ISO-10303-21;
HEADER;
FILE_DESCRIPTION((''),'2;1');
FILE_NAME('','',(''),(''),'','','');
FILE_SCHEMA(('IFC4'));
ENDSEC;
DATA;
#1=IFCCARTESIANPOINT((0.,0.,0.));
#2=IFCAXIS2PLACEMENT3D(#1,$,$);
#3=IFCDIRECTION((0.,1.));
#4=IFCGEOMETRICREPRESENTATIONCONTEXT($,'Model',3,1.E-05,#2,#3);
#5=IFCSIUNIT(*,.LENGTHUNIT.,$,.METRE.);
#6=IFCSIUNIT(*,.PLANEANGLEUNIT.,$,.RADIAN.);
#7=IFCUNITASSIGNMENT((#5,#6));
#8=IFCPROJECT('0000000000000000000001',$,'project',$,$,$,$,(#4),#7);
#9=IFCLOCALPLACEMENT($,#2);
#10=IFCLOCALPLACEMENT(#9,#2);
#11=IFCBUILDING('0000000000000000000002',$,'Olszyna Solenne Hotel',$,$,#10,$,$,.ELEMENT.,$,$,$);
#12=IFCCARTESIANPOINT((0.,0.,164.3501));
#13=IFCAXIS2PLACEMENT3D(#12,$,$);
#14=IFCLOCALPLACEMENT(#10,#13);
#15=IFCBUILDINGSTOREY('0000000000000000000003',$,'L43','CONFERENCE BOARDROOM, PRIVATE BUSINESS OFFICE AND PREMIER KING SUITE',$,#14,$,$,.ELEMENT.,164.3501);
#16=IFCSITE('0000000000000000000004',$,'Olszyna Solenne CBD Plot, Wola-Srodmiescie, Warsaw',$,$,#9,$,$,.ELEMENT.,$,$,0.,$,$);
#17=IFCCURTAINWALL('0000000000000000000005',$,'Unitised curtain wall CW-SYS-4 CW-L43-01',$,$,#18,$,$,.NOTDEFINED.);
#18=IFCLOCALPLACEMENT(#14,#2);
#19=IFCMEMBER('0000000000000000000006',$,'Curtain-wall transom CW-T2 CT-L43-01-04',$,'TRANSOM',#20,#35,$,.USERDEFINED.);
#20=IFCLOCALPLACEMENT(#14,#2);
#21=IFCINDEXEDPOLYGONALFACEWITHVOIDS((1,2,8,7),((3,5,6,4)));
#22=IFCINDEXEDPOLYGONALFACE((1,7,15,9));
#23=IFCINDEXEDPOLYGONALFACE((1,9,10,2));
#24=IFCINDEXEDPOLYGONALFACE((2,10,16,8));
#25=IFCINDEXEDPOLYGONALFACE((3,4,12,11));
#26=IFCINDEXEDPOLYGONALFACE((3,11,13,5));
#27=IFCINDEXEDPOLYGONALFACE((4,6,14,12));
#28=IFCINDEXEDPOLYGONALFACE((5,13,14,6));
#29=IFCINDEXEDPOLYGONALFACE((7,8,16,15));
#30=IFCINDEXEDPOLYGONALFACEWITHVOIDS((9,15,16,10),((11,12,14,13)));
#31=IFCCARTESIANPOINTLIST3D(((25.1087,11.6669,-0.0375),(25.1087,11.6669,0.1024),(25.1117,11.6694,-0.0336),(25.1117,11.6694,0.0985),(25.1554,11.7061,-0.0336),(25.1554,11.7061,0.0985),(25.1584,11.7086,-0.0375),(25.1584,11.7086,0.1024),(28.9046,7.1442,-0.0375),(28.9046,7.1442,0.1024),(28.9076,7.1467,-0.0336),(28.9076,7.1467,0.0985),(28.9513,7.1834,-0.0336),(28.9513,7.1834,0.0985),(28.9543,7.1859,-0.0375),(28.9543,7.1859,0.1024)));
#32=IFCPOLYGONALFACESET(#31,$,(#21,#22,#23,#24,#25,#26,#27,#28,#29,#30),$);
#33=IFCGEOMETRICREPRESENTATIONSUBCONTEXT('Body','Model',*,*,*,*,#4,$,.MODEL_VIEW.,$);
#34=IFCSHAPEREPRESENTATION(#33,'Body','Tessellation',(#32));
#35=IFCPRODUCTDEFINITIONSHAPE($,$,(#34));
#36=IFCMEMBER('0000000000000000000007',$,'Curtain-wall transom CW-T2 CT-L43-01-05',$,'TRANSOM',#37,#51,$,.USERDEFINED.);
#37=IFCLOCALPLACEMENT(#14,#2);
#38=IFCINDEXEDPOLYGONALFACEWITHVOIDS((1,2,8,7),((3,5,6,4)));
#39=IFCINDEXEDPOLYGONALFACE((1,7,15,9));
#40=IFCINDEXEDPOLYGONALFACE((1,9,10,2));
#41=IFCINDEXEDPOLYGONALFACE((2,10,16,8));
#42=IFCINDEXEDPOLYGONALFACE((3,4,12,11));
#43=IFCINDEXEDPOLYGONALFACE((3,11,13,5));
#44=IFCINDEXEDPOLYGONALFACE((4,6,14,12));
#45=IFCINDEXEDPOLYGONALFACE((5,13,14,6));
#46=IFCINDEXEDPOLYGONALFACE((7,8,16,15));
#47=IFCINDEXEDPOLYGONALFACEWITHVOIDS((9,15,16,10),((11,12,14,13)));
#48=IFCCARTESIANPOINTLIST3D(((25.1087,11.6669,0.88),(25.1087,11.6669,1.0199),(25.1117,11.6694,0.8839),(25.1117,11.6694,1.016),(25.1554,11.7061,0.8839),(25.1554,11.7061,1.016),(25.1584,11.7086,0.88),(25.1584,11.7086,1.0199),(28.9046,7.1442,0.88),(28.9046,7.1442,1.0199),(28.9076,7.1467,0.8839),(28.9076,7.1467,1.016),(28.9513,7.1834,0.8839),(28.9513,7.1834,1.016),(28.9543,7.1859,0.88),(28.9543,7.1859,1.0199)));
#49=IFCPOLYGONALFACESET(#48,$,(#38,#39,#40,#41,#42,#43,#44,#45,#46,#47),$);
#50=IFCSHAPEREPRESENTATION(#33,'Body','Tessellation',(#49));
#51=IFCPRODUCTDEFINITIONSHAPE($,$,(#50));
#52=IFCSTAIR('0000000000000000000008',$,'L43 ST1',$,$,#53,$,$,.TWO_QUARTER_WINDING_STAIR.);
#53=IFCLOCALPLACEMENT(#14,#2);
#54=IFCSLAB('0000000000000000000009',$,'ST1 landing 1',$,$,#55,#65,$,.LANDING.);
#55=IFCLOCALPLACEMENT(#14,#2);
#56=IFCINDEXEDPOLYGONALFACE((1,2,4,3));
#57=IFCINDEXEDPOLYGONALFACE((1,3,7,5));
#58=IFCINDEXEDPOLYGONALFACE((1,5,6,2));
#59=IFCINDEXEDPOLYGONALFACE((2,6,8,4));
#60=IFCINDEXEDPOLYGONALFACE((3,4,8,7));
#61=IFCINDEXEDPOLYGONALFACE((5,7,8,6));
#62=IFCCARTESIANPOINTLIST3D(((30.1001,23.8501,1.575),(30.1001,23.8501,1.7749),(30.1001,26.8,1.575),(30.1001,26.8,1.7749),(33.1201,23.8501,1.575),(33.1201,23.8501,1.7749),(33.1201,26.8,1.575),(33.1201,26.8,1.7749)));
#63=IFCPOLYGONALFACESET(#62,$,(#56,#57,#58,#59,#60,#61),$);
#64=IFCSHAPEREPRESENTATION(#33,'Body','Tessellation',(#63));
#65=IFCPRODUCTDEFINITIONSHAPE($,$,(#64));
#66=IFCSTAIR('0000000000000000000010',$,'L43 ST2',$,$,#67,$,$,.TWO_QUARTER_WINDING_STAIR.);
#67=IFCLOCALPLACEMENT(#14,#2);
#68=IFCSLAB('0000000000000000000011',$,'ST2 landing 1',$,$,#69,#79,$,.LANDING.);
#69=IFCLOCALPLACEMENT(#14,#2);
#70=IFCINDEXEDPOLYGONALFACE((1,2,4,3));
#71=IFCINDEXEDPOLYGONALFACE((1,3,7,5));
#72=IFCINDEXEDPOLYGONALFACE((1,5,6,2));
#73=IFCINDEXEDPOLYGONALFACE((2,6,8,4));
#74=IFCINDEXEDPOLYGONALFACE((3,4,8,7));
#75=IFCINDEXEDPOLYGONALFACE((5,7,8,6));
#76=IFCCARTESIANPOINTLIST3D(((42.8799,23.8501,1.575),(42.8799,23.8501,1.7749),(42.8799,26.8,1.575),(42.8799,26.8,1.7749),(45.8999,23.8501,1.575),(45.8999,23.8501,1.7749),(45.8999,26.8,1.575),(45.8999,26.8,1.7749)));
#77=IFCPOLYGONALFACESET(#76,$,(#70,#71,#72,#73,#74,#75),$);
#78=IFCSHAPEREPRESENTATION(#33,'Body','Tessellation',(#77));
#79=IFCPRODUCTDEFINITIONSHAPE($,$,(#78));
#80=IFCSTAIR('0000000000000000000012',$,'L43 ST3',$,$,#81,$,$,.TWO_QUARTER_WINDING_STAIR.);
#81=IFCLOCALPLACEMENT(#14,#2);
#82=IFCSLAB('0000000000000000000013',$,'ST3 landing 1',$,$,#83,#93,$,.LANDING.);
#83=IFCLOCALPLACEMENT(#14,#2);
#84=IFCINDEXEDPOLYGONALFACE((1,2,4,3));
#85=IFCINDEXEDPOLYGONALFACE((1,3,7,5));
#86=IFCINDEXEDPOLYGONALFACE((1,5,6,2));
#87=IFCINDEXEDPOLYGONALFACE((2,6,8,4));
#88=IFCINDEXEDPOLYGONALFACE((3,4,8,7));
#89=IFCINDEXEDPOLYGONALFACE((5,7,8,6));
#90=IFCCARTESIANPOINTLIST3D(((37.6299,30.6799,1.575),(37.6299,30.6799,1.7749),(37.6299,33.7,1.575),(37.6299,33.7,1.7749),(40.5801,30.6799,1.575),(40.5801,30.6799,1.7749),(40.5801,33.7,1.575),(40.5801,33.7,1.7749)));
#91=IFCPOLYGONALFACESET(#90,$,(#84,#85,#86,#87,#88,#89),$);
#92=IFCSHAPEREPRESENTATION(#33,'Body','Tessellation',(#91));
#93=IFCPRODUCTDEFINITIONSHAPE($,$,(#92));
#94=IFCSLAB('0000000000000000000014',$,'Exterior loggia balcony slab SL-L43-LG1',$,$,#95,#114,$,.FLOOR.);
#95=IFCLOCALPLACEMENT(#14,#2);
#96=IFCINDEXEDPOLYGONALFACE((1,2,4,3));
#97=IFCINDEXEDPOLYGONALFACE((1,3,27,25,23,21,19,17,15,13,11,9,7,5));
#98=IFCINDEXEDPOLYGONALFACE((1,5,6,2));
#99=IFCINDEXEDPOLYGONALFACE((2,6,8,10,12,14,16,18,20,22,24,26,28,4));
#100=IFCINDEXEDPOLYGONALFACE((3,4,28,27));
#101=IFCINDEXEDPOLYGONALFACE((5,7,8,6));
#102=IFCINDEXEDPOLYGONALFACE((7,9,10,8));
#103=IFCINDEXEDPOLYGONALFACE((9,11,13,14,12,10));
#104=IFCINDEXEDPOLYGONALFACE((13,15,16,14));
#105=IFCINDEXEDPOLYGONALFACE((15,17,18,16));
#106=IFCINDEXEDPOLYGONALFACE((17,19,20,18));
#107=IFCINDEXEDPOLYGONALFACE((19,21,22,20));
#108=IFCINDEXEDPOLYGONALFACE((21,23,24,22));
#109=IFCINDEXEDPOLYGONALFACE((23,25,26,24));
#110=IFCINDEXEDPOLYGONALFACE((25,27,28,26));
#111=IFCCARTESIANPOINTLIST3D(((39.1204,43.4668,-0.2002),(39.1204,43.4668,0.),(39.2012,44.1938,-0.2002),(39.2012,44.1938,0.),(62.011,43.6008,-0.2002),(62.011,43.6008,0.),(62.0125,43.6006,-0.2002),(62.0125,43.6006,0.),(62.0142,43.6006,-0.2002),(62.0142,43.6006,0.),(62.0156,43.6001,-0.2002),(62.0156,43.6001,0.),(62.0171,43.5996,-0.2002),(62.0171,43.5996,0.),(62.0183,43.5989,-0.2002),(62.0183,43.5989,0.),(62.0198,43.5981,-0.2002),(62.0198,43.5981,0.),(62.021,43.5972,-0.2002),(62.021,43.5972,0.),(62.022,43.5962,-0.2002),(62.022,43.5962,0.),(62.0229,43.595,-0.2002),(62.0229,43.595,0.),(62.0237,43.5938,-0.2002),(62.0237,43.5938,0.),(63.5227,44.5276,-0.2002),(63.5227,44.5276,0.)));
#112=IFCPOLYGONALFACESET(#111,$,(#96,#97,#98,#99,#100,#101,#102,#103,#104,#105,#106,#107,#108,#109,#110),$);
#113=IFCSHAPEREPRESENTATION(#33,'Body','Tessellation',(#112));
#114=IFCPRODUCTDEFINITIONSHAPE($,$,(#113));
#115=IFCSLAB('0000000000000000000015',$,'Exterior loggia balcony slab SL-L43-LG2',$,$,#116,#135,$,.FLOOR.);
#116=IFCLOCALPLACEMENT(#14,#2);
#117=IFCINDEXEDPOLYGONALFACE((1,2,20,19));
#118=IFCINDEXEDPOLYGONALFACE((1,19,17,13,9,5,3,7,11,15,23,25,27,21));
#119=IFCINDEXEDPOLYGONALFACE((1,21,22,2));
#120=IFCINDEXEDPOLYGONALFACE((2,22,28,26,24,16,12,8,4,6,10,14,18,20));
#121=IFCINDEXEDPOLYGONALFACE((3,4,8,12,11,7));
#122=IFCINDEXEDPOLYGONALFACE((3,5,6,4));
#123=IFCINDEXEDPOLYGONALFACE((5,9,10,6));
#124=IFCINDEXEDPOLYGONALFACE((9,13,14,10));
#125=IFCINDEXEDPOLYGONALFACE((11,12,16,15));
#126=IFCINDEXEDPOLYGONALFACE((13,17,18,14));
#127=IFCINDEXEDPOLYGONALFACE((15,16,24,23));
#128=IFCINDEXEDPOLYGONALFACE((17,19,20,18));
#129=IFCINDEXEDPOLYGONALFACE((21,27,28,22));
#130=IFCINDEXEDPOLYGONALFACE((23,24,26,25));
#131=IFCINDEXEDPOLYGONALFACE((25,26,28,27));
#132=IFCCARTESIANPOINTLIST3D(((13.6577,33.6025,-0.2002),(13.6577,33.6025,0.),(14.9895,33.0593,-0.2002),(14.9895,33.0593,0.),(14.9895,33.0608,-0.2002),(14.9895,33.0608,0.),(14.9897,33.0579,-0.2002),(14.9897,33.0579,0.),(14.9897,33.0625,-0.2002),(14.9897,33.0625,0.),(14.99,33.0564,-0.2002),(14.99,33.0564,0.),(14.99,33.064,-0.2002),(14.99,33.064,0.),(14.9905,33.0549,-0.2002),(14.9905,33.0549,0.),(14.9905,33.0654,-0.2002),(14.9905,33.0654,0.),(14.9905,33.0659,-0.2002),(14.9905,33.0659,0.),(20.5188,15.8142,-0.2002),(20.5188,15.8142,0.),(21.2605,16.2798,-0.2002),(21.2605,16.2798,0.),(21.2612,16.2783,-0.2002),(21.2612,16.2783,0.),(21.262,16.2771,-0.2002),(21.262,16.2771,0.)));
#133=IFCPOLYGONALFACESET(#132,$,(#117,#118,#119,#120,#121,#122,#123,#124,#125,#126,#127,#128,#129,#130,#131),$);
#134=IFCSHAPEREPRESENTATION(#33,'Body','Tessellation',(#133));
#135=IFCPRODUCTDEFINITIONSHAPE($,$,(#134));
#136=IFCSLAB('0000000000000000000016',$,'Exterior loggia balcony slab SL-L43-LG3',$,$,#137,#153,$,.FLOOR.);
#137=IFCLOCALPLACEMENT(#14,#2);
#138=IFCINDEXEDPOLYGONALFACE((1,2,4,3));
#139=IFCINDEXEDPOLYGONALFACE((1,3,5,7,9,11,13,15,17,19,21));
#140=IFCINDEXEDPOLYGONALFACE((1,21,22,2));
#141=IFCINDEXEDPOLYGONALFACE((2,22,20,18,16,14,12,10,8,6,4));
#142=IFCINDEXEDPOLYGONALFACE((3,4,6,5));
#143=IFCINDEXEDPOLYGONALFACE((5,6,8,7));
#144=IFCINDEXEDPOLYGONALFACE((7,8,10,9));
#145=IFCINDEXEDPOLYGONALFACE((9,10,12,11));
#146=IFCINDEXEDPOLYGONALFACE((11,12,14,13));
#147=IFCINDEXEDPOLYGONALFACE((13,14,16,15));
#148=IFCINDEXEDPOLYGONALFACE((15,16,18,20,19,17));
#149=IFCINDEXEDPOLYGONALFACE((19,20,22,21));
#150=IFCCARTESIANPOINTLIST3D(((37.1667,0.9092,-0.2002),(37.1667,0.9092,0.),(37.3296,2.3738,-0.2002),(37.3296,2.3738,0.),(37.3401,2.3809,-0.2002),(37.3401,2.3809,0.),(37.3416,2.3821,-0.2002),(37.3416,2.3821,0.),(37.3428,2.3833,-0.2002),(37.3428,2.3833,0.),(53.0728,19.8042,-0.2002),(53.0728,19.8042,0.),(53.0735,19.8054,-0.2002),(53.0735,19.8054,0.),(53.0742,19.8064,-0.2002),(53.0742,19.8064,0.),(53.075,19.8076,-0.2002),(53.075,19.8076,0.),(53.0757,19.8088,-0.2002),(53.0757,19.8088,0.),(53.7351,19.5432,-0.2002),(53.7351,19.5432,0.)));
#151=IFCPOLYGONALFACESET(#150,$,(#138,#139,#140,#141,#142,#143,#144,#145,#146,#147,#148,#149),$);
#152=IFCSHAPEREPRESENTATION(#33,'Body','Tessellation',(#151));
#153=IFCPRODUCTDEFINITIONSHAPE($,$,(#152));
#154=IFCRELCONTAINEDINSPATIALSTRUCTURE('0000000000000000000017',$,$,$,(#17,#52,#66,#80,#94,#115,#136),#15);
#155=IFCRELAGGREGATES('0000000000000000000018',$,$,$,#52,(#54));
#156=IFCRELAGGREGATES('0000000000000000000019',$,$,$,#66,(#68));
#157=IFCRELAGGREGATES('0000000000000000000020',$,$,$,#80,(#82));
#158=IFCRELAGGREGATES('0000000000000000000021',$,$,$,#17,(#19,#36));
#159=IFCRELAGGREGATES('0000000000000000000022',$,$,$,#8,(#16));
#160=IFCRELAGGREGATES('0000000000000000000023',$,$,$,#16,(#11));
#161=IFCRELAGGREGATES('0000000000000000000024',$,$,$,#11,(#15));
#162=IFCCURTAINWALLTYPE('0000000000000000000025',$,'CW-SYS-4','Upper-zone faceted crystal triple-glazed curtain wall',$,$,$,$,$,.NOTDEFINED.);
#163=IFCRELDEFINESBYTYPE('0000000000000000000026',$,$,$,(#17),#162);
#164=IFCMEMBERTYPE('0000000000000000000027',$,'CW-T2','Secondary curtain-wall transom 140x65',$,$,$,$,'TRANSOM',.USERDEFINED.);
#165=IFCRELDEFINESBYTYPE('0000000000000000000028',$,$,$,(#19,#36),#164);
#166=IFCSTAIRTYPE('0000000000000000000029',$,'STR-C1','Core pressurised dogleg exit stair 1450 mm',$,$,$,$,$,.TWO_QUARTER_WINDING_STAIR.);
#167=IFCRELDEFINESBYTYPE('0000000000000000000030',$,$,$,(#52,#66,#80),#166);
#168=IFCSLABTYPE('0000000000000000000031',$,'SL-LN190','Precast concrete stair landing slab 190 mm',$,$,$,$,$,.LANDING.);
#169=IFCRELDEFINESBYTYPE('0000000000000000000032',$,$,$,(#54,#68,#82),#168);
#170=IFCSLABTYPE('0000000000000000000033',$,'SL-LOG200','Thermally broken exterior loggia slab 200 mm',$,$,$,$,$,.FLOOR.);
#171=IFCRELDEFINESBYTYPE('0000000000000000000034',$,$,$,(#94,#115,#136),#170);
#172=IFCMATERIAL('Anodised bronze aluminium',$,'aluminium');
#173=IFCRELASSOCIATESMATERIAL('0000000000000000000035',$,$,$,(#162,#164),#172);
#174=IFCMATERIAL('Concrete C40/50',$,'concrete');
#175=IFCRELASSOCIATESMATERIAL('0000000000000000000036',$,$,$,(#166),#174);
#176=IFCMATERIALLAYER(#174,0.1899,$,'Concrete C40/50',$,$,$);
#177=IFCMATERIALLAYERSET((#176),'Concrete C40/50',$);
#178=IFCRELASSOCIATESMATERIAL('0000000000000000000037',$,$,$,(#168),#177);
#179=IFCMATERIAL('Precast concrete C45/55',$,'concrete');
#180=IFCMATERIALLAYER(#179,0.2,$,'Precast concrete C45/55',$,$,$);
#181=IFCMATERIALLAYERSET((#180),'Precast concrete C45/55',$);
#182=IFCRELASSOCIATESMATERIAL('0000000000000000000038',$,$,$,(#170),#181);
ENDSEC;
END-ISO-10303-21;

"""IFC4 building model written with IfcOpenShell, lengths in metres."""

from ifc_helpers import new_model, si_unit, direction, frame, origin, origin_2d, place, context, subcontext, project, spatial, polyline, hollow_rectangle, outline, extrude, source, transform, mapped, material, layer, layer_set, material_profile, profile_set, type_object, element, aggregate, save


model = new_model("IFC4")

# Units and contexts
model_context = context("Model", 3, precision=1e-05, world=origin(), true_north=direction((0.0, 1.0)))
body_context = subcontext(model_context, "Body", "Model", "MODEL_VIEW")
ifc_project = project(units=[si_unit("LENGTHUNIT", "METRE"), si_unit("PLANEANGLEUNIT", "RADIAN")], contexts=[model_context])

# Site, building, storey
site_placement = place(None, origin())
site = spatial("IfcSite", under=ifc_project, at=site_placement, Name="Olszyna Solenne CBD Plot, Wola-Srodmiescie, Warsaw", CompositionType="ELEMENT", RefElevation=0.0)
building_placement = place(site_placement, origin())
building = spatial("IfcBuilding", under=site, at=building_placement, Name="Olszyna Solenne Hotel", CompositionType="ELEMENT")
storey_placement = place(building_placement, frame((0.0, 0.0, 164.3501)))
storey = spatial("IfcBuildingStorey", under=building, at=storey_placement, Name="L43", Description="CONFERENCE BOARDROOM, PRIVATE BUSINESS OFFICE AND PREMIER KING SUITE", CompositionType="ELEMENT", Elevation=164.3501)

# Curtain wall, members
ifc_material_1 = material(Name="Anodised bronze aluminium", Category="aluminium")
curtain_wall_type = type_object("IfcCurtainWallType", Name="CW-SYS-4", Description="Upper-zone faceted crystal triple-glazed curtain wall", PredefinedType="NOTDEFINED", material=ifc_material_1)
curtain_wall_placement = place(storey_placement, origin())
curtain_wall = element("IfcCurtainWall", 1, at=curtain_wall_placement, inside=storey, type_object=curtain_wall_type, Name="Unitised curtain wall CW-SYS-4 CW-L43-01", PredefinedType="NOTDEFINED")
ifc_material_profile_1 = material_profile(ifc_material_1, hollow_rectangle(XDim=0.0649, YDim=0.1399, WallThickness=0.0039, at=origin_2d()), Name="TRAN 140x65x4", Category="load-bearing")
ifc_profile_set_1 = profile_set([ifc_material_profile_1], Name="Anodised bronze aluminium")
member_type_1 = type_object("IfcMemberType", Name="CW-T2", Description="Secondary curtain-wall transom 140x65", ElementType="TRANSOM", PredefinedType="USERDEFINED", material=ifc_profile_set_1)
shared_shape_1 = source(origin(), body_context, "Body", "SweptSolid", [
    extrude(hollow_rectangle(XDim=0.0649, YDim=0.1399, WallThickness=0.0039, at=origin_2d()), origin(), (0.0, 0.0, 1.0), 5.9045),
])
member_1_placement = place(storey_placement, frame((25.1335, 11.6877, 0.0325), z_axis=(0.642877, -0.76597, 0.0), x_axis=(0.76597, 0.642877, 0.0)))
member_1 = element("IfcMember", 2, at=member_1_placement, type_object=member_type_1, Name="Curtain-wall transom CW-T2 CT-L43-01-04", ObjectType="TRANSOM", PredefinedType="USERDEFINED", context=body_context, shape_type="MappedRepresentation", body=[
    mapped(shared_shape_1, transform((0.0, 0.0, 0.0), x_axis=(1.0, 0.0, 0.0), y_axis=(0.0, 1.0, 0.0), z_axis=(0.0, 0.0, 1.0), scale=1.0)),
])
member_2_placement = place(storey_placement, frame((25.1335, 11.6877, 0.95), z_axis=(0.642877, -0.76597, 0.0), x_axis=(0.76597, 0.642877, 0.0)))
member_2 = element("IfcMember", 3, at=member_2_placement, type_object=member_type_1, Name="Curtain-wall transom CW-T2 CT-L43-01-05", ObjectType="TRANSOM", PredefinedType="USERDEFINED", context=body_context, shape_type="MappedRepresentation", body=[
    mapped(shared_shape_1, transform((0.0, 0.0, 0.0), x_axis=(1.0, 0.0, 0.0), y_axis=(0.0, 1.0, 0.0), z_axis=(0.0, 0.0, 1.0), scale=1.0)),
])

# Stairs, slabs
ifc_material_2 = material(Name="Concrete C40/50", Category="concrete")
stair_type = type_object("IfcStairType", Name="STR-C1", Description="Core pressurised dogleg exit stair 1450 mm", PredefinedType="TWO_QUARTER_WINDING_STAIR", material=ifc_material_2)
stair_1_placement = place(storey_placement, origin())
stair_1 = element("IfcStair", 4, at=stair_1_placement, inside=storey, type_object=stair_type, Name="L43 ST1", PredefinedType="TWO_QUARTER_WINDING_STAIR")
ifc_layer_1 = layer(ifc_material_2, 0.1899, Name="Concrete C40/50")
ifc_layer_set_1 = layer_set([ifc_layer_1], Name="Concrete C40/50")
slab_type_1 = type_object("IfcSlabType", Name="SL-LN190", Description="Precast concrete stair landing slab 190 mm", PredefinedType="LANDING", material=ifc_layer_set_1)
slab_1_placement = place(storey_placement, frame((0.0, 0.0, 1.575)))
slab_1 = element("IfcSlab", 5, at=slab_1_placement, type_object=slab_type_1, Name="ST1 landing 1", PredefinedType="LANDING", context=body_context, shape_type="SweptSolid", body=[
    extrude(outline(polyline([(33.1201, 23.8501), (33.1201, 26.8), (30.1001, 26.8), (30.1001, 23.8501), (33.1201, 23.8501)])), origin(), (0.0, 0.0, 1.0), 0.2),
])
aggregate(stair_1, [slab_1])
stair_2_placement = place(storey_placement, origin())
stair_2 = element("IfcStair", 6, at=stair_2_placement, inside=storey, type_object=stair_type, Name="L43 ST2", PredefinedType="TWO_QUARTER_WINDING_STAIR")
slab_2_placement = place(storey_placement, frame((0.0, 0.0, 1.575)))
slab_2 = element("IfcSlab", 7, at=slab_2_placement, type_object=slab_type_1, Name="ST2 landing 1", PredefinedType="LANDING", context=body_context, shape_type="SweptSolid", body=[
    extrude(outline(polyline([(45.8999, 23.8501), (45.8999, 26.8), (42.8799, 26.8), (42.8799, 23.8501), (45.8999, 23.8501)])), origin(), (0.0, 0.0, 1.0), 0.2),
])
aggregate(stair_2, [slab_2])
stair_3_placement = place(storey_placement, origin())
stair_3 = element("IfcStair", 8, at=stair_3_placement, inside=storey, type_object=stair_type, Name="L43 ST3", PredefinedType="TWO_QUARTER_WINDING_STAIR")
slab_3_placement = place(storey_placement, frame((0.0, 0.0, 1.575)))
slab_3 = element("IfcSlab", 9, at=slab_3_placement, type_object=slab_type_1, Name="ST3 landing 1", PredefinedType="LANDING", context=body_context, shape_type="SweptSolid", body=[
    extrude(outline(polyline([(37.6299, 30.6799), (40.5801, 30.6799), (40.5801, 33.7), (37.6299, 33.7), (37.6299, 30.6799)])), origin(), (0.0, 0.0, 1.0), 0.2),
])
aggregate(stair_3, [slab_3])

# Slabs
ifc_material_3 = material(Name="Precast concrete C45/55", Category="concrete")
ifc_layer_2 = layer(ifc_material_3, 0.2, Name="Precast concrete C45/55")
ifc_layer_set_2 = layer_set([ifc_layer_2], Name="Precast concrete C45/55")
slab_type_2 = type_object("IfcSlabType", Name="SL-LOG200", Description="Thermally broken exterior loggia slab 200 mm", PredefinedType="FLOOR", material=ifc_layer_set_2)
slab_4_placement = place(storey_placement, frame((0.0, 0.0, -0.2002)))
element("IfcSlab", 10, at=slab_4_placement, inside=storey, type_object=slab_type_2, Name="Exterior loggia balcony slab SL-L43-LG1", PredefinedType="FLOOR", context=body_context, shape_type="SweptSolid", body=[
    extrude(outline(polyline([(39.1204, 43.4668), (62.011, 43.6008), (62.0125, 43.6006), (62.0142, 43.6006), (62.0156, 43.6001), (62.0171, 43.5996), (62.0183, 43.5989), (62.0198, 43.5981), (62.021, 43.5972), (62.022, 43.5962), (62.0229, 43.595), (62.0237, 43.5938), (63.5227, 44.5276), (39.2012, 44.1938), (39.1204, 43.4668)])), origin(), (0.0, 0.0, 1.0), 0.2002),
])
slab_5_placement = place(storey_placement, frame((0.0, 0.0, -0.2002)))
element("IfcSlab", 11, at=slab_5_placement, inside=storey, type_object=slab_type_2, Name="Exterior loggia balcony slab SL-L43-LG2", PredefinedType="FLOOR", context=body_context, shape_type="SweptSolid", body=[
    extrude(outline(polyline([(21.262, 16.2771), (21.2612, 16.2783), (21.2605, 16.2798), (14.9905, 33.0549), (14.99, 33.0564), (14.9897, 33.0579), (14.9895, 33.0593), (14.9895, 33.0608), (14.9897, 33.0625), (14.99, 33.064), (14.9905, 33.0654), (14.9905, 33.0659), (13.6577, 33.6025), (20.5188, 15.8142), (21.262, 16.2771)])), origin(), (0.0, 0.0, 1.0), 0.2002),
])
slab_6_placement = place(storey_placement, frame((0.0, 0.0, -0.2002)))
element("IfcSlab", 12, at=slab_6_placement, inside=storey, type_object=slab_type_2, Name="Exterior loggia balcony slab SL-L43-LG3", PredefinedType="FLOOR", context=body_context, shape_type="SweptSolid", body=[
    extrude(outline(polyline([(53.0757, 19.8088), (53.075, 19.8076), (53.0742, 19.8064), (53.0735, 19.8054), (53.0728, 19.8042), (37.3428, 2.3833), (37.3416, 2.3821), (37.3401, 2.3809), (37.3296, 2.3738), (37.1667, 0.9092), (53.7351, 19.5432), (53.0757, 19.8088)])), origin(), (0.0, 0.0, 1.0), 0.2002),
])

aggregate(curtain_wall, [member_1, member_2])

save(model, "model.ifc")
